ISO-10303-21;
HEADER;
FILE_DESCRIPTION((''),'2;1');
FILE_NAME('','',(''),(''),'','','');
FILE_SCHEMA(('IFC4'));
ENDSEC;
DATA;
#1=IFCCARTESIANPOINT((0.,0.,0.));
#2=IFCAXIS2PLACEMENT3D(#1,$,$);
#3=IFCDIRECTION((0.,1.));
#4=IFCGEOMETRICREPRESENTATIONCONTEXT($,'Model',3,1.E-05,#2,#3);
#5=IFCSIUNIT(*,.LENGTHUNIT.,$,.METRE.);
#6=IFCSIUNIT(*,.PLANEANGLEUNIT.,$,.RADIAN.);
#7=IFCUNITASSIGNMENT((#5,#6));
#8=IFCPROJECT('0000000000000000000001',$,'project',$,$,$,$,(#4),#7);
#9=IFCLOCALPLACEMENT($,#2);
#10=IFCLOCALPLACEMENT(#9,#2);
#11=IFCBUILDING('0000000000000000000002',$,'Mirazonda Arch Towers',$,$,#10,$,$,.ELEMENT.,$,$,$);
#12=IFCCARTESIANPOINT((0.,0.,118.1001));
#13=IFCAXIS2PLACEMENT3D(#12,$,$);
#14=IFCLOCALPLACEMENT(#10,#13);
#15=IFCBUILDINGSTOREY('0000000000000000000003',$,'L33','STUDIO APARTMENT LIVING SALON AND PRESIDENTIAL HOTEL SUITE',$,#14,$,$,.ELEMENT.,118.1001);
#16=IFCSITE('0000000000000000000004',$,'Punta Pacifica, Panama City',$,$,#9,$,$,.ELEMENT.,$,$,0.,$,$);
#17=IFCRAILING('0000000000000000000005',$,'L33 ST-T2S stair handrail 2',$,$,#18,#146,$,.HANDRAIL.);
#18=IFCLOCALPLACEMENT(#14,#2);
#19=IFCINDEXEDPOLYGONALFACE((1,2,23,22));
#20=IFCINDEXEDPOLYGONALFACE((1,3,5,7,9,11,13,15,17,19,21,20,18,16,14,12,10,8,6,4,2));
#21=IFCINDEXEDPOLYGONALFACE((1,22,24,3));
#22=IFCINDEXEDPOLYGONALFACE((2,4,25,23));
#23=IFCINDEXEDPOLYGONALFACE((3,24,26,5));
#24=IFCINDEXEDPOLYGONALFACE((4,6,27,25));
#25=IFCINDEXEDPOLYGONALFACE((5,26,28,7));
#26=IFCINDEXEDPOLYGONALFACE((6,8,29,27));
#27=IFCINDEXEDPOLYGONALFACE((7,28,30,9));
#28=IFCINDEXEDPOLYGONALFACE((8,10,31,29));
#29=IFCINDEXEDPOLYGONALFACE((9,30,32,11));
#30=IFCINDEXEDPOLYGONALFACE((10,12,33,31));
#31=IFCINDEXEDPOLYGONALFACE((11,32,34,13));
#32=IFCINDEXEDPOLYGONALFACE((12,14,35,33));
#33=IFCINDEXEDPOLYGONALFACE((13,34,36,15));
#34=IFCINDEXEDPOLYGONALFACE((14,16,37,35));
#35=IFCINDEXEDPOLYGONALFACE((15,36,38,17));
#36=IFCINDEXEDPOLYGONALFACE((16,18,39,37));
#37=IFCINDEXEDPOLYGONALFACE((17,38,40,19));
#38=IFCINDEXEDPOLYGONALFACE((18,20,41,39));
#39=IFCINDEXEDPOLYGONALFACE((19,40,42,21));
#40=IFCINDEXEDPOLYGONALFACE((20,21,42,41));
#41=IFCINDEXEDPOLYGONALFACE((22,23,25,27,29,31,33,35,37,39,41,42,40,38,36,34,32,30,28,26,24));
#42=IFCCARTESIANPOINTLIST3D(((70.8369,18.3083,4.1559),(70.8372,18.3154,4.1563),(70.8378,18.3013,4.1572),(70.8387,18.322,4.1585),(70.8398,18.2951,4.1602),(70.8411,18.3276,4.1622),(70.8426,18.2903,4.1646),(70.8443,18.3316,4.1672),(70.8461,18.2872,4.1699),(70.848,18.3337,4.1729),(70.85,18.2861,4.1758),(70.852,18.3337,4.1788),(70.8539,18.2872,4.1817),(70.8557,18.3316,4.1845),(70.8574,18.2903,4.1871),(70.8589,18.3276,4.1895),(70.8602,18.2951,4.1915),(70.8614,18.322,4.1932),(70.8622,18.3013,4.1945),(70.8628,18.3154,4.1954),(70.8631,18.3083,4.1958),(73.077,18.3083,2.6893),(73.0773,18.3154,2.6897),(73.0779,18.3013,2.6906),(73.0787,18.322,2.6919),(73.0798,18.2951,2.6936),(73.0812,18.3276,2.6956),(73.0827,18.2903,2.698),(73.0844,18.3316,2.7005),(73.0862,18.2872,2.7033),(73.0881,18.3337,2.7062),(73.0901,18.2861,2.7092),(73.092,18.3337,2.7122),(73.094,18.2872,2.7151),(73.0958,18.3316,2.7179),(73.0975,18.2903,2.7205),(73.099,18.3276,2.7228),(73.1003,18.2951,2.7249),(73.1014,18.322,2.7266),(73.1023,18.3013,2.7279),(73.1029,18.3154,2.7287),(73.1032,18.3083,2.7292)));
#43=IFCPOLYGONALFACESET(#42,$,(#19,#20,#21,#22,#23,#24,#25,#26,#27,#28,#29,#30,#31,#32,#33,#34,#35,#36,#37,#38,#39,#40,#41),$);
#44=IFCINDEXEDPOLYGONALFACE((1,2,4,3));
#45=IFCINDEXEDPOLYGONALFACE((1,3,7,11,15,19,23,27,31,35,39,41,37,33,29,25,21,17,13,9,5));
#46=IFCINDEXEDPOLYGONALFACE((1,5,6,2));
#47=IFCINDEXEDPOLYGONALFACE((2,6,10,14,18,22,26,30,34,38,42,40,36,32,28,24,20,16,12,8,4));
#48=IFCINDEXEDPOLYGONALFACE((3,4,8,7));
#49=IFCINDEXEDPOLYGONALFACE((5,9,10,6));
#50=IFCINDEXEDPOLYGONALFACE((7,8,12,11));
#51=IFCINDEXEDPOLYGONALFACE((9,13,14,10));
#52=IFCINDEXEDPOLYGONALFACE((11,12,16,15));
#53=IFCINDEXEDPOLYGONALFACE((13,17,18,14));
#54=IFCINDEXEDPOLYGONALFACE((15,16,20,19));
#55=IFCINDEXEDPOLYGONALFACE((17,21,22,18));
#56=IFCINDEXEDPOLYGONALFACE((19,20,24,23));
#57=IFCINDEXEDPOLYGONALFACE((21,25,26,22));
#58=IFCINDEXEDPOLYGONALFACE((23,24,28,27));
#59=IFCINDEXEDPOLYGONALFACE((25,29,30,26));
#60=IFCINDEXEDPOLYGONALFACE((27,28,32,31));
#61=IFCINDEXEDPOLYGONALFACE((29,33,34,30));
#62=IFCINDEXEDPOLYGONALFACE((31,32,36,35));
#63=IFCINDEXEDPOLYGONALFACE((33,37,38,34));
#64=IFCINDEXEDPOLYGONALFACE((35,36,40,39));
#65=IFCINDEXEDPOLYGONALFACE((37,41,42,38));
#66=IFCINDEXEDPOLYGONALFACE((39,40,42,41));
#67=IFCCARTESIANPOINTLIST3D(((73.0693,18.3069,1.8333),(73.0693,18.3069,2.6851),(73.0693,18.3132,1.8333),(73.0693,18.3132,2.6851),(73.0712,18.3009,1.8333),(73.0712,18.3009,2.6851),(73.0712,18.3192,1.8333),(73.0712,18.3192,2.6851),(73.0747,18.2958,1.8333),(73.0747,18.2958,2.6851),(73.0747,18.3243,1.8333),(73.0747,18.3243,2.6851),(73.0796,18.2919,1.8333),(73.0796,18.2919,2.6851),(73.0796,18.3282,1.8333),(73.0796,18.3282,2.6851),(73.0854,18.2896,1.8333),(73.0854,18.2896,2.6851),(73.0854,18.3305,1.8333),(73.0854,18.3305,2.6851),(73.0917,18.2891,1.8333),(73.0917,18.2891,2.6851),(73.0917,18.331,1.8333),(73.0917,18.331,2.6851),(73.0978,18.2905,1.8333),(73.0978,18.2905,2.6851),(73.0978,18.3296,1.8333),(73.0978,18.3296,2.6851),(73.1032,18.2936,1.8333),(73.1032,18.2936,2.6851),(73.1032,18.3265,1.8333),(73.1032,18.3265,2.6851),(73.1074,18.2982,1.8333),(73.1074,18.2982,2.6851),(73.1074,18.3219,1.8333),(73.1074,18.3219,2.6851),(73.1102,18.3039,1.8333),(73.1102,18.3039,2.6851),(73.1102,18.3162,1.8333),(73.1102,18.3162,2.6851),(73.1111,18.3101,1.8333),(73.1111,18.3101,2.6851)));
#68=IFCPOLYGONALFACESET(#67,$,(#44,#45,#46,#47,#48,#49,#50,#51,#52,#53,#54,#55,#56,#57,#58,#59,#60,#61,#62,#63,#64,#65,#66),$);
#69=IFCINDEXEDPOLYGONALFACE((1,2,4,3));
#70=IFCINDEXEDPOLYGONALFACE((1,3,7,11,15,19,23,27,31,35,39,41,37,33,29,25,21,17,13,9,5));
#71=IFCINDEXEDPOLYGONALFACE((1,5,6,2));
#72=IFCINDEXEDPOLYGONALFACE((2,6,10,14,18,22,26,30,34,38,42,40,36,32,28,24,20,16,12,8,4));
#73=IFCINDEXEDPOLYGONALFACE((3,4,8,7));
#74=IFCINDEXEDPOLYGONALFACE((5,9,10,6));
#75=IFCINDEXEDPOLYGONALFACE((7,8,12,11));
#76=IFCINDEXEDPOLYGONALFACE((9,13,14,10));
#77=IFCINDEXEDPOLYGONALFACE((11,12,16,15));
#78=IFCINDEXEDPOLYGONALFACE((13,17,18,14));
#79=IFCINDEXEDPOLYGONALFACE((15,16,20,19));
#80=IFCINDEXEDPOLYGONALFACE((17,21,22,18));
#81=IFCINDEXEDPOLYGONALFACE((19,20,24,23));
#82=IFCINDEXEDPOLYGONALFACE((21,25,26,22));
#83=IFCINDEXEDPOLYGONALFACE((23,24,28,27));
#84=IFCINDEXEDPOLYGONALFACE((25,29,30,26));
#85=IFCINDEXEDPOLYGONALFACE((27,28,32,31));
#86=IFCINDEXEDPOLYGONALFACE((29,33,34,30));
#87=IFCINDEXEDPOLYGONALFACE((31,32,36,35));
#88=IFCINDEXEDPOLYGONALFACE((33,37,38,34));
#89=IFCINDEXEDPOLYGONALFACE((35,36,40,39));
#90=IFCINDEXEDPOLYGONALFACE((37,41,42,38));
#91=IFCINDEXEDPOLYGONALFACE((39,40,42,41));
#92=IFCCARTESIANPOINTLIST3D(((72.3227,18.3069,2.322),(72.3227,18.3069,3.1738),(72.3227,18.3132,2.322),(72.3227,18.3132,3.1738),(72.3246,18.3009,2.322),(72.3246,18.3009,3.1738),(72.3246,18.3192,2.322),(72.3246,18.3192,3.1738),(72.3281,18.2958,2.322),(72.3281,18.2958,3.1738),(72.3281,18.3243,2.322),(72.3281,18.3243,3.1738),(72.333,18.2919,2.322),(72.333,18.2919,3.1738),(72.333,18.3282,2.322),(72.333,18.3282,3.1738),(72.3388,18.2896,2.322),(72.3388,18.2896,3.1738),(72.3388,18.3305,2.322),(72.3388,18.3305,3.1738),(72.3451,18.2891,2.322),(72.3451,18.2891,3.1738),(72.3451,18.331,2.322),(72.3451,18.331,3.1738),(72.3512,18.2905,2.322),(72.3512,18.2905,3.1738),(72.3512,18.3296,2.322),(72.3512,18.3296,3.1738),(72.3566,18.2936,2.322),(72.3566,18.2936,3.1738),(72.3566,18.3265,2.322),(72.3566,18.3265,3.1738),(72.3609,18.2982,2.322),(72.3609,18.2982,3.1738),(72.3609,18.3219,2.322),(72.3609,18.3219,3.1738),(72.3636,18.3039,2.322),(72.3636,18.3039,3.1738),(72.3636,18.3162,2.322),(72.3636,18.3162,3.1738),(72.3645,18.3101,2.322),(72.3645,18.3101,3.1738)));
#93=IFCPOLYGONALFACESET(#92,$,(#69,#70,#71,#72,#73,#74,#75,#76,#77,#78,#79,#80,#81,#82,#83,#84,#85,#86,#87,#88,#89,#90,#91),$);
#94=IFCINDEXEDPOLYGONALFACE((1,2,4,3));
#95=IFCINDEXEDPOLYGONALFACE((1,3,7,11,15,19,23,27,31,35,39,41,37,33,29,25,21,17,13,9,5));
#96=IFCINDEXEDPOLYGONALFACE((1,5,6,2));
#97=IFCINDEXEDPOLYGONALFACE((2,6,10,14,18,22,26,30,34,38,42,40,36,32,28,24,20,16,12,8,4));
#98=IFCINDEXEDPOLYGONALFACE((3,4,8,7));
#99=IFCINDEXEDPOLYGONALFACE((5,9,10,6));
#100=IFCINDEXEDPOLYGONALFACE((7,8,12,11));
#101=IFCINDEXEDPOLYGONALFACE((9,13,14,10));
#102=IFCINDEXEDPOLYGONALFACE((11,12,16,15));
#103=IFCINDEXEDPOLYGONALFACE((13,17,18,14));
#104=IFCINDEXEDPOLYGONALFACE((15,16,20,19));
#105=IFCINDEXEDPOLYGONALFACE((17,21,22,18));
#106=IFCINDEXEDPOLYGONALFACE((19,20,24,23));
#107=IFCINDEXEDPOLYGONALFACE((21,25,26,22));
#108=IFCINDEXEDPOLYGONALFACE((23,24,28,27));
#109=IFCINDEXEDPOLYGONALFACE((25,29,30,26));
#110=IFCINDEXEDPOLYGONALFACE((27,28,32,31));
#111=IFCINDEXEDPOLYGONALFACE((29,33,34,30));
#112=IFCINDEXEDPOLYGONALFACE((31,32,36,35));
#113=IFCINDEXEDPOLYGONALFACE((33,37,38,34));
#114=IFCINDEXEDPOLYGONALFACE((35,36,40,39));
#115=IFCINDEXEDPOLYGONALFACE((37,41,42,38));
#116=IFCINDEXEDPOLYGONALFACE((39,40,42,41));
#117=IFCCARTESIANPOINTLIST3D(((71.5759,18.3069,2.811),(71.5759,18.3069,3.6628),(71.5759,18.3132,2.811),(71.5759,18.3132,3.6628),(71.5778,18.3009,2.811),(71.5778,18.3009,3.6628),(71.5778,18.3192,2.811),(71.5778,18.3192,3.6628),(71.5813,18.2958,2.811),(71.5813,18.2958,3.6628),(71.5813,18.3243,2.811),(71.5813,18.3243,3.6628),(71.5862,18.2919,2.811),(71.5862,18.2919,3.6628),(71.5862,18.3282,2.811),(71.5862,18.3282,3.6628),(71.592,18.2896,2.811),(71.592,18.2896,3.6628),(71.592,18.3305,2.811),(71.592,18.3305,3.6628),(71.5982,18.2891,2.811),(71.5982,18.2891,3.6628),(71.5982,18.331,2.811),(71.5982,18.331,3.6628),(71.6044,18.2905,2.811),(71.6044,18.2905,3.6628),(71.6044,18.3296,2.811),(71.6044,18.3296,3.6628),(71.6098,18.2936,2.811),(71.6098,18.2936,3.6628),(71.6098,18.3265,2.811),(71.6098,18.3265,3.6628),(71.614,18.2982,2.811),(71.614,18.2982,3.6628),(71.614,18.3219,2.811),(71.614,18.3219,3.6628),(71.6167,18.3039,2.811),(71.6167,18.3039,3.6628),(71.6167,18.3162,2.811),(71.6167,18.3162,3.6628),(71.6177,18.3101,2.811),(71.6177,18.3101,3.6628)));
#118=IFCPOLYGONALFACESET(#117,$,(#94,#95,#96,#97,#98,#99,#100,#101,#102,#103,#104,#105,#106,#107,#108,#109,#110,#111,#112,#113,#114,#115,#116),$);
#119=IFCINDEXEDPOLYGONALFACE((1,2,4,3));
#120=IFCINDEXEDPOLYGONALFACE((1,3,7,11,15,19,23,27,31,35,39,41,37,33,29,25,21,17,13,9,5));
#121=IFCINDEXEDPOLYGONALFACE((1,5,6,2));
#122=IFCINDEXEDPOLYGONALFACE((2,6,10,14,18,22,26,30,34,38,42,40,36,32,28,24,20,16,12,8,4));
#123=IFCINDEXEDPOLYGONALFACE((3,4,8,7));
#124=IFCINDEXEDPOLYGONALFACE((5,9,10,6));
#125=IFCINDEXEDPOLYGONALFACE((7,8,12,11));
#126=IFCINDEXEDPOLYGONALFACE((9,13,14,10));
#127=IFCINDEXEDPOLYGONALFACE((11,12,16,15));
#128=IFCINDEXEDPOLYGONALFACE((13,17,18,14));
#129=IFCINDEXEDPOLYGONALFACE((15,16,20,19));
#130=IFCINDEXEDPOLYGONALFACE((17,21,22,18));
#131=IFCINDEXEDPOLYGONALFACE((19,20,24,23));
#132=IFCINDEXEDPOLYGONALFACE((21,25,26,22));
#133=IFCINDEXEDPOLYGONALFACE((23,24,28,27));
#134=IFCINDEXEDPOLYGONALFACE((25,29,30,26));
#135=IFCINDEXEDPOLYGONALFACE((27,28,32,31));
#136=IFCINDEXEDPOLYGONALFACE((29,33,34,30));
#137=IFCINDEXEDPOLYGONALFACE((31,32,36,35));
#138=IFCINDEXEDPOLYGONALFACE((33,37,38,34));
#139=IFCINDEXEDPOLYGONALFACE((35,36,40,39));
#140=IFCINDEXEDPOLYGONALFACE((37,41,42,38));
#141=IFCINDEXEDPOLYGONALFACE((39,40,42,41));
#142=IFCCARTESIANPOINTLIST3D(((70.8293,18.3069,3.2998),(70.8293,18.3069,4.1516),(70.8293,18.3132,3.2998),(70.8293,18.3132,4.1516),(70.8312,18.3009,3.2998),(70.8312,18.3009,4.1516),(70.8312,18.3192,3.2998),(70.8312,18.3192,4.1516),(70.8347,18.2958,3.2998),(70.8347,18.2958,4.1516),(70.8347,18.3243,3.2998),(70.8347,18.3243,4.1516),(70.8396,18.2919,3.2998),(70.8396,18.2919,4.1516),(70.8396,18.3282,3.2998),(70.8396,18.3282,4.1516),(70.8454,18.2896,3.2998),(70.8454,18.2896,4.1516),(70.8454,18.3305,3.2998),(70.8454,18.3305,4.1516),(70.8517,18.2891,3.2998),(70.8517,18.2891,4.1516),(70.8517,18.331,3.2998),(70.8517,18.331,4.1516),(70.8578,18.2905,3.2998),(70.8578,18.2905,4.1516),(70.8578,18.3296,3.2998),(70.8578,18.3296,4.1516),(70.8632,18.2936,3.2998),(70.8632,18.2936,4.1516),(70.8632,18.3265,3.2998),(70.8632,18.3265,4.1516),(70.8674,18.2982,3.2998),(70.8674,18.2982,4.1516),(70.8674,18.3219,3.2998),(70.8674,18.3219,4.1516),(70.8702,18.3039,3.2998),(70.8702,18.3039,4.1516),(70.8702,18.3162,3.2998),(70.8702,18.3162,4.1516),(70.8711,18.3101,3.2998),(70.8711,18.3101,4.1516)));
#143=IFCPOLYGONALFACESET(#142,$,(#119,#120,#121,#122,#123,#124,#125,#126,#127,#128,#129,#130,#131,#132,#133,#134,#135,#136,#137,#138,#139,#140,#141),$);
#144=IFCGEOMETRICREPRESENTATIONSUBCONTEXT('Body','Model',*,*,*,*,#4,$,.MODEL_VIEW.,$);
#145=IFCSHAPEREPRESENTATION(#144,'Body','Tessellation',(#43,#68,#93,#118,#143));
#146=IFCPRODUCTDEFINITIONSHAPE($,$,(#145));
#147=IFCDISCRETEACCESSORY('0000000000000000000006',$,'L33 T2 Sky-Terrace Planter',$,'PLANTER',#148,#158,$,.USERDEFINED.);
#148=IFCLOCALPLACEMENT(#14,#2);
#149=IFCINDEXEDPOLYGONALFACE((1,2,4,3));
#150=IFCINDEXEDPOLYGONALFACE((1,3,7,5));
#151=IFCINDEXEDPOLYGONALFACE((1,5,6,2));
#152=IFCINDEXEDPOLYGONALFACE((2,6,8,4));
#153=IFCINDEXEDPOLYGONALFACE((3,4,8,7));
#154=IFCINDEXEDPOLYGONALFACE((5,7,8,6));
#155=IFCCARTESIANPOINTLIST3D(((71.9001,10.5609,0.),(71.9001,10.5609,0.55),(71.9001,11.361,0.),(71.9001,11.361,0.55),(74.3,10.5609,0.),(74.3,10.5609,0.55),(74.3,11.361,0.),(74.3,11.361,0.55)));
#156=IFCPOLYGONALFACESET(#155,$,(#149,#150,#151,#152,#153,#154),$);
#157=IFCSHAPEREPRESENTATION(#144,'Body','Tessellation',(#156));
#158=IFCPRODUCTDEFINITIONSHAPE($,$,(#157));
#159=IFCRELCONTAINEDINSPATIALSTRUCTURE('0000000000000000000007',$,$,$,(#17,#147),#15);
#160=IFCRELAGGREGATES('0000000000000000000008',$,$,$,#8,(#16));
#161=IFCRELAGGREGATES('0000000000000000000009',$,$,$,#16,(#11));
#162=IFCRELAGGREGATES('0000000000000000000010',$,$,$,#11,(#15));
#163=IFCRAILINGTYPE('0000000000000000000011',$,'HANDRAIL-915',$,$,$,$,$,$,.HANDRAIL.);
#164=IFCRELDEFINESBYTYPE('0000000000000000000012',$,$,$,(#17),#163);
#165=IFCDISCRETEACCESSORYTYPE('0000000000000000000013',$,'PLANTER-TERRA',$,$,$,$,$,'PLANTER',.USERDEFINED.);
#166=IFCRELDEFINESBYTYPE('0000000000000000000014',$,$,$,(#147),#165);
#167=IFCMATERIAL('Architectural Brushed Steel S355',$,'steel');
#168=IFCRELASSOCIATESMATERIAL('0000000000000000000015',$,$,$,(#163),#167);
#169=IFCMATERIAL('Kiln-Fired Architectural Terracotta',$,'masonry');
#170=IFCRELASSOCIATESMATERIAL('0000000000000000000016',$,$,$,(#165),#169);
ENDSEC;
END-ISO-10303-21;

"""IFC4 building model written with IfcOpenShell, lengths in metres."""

from ifc_helpers import new_model, si_unit, direction, frame, origin, origin_2d, place, context, subcontext, project, spatial, rectangle, circle, extrude, material, type_object, element, save


model = new_model("IFC4")

# Units and contexts
model_context = context("Model", 3, precision=1e-05, world=origin(), true_north=direction((0.0, 1.0)))
body_context = subcontext(model_context, "Body", "Model", "MODEL_VIEW")
ifc_project = project(units=[si_unit("LENGTHUNIT", "METRE"), si_unit("PLANEANGLEUNIT", "RADIAN")], contexts=[model_context])

# Site, building, storey
site_placement = place(None, origin())
site = spatial("IfcSite", under=ifc_project, at=site_placement, Name="Punta Pacifica, Panama City", CompositionType="ELEMENT", RefElevation=0.0)
building_placement = place(site_placement, origin())
building = spatial("IfcBuilding", under=site, at=building_placement, Name="Mirazonda Arch Towers", CompositionType="ELEMENT")
storey_placement = place(building_placement, frame((0.0, 0.0, 118.1001)))
storey = spatial("IfcBuildingStorey", under=building, at=storey_placement, Name="L33", Description="STUDIO APARTMENT LIVING SALON AND PRESIDENTIAL HOTEL SUITE", CompositionType="ELEMENT", Elevation=118.1001)

# Shared definitions
ifc_material_1 = material(Name="Kiln-Fired Architectural Terracotta", Category="masonry")

# Railing
ifc_material_2 = material(Name="Architectural Brushed Steel S355", Category="steel")
railing_type_1 = type_object("IfcRailingType", Name="HANDRAIL-915", PredefinedType="HANDRAIL", material=ifc_material_2)
railing_1_placement = place(storey_placement, frame((73.0901, 18.3101, 1.8333)))
element("IfcRailing", 1, at=railing_1_placement, inside=storey, type_object=railing_type_1, Name="L33 ST-T2S stair handrail 2", PredefinedType="HANDRAIL", context=body_context, shape_type="SweptSolid", body=[
    extrude(circle(Radius=0.0239, at=origin_2d()), frame((0.0, 0.0, 0.876), z_axis=(-0.836637, 0.0, 0.547758), x_axis=(0.0, -1.0, 0.0)), (0.0, 0.0, 1.0), 2.6775),
    extrude(circle(Radius=0.021, at=origin_2d()), origin(), (0.0, 0.0, 1.0), 0.8518),
    extrude(circle(Radius=0.021, at=origin_2d()), frame((-0.7466, 0.0, 0.4888)), (0.0, 0.0, 1.0), 0.8518),
    extrude(circle(Radius=0.021, at=origin_2d()), frame((-1.4934, 0.0, 0.9778)), (0.0, 0.0, 1.0), 0.8518),
    extrude(circle(Radius=0.021, at=origin_2d()), frame((-2.24, 0.0, 1.4666)), (0.0, 0.0, 1.0), 0.8518),
])

# Discrete accessory
discrete_accessory_type = type_object("IfcDiscreteAccessoryType", Name="PLANTER-TERRA", ElementType="PLANTER", PredefinedType="USERDEFINED", material=ifc_material_1)
discrete_accessory_placement = place(storey_placement, frame((73.1001, 10.9609, 0.0), z_axis=(0.0, 0.0, 1.0), x_axis=(1.0, 0.0, 0.0)))
element("IfcDiscreteAccessory", 2, at=discrete_accessory_placement, inside=storey, type_object=discrete_accessory_type, Name="L33 T2 Sky-Terrace Planter", ObjectType="PLANTER", PredefinedType="USERDEFINED", context=body_context, shape_type="SweptSolid", body=[
    extrude(rectangle(XDim=2.3999, YDim=0.8, at=origin_2d()), origin(), (0.0, 0.0, 1.0), 0.55),
])

save(model, "model.ifc")
